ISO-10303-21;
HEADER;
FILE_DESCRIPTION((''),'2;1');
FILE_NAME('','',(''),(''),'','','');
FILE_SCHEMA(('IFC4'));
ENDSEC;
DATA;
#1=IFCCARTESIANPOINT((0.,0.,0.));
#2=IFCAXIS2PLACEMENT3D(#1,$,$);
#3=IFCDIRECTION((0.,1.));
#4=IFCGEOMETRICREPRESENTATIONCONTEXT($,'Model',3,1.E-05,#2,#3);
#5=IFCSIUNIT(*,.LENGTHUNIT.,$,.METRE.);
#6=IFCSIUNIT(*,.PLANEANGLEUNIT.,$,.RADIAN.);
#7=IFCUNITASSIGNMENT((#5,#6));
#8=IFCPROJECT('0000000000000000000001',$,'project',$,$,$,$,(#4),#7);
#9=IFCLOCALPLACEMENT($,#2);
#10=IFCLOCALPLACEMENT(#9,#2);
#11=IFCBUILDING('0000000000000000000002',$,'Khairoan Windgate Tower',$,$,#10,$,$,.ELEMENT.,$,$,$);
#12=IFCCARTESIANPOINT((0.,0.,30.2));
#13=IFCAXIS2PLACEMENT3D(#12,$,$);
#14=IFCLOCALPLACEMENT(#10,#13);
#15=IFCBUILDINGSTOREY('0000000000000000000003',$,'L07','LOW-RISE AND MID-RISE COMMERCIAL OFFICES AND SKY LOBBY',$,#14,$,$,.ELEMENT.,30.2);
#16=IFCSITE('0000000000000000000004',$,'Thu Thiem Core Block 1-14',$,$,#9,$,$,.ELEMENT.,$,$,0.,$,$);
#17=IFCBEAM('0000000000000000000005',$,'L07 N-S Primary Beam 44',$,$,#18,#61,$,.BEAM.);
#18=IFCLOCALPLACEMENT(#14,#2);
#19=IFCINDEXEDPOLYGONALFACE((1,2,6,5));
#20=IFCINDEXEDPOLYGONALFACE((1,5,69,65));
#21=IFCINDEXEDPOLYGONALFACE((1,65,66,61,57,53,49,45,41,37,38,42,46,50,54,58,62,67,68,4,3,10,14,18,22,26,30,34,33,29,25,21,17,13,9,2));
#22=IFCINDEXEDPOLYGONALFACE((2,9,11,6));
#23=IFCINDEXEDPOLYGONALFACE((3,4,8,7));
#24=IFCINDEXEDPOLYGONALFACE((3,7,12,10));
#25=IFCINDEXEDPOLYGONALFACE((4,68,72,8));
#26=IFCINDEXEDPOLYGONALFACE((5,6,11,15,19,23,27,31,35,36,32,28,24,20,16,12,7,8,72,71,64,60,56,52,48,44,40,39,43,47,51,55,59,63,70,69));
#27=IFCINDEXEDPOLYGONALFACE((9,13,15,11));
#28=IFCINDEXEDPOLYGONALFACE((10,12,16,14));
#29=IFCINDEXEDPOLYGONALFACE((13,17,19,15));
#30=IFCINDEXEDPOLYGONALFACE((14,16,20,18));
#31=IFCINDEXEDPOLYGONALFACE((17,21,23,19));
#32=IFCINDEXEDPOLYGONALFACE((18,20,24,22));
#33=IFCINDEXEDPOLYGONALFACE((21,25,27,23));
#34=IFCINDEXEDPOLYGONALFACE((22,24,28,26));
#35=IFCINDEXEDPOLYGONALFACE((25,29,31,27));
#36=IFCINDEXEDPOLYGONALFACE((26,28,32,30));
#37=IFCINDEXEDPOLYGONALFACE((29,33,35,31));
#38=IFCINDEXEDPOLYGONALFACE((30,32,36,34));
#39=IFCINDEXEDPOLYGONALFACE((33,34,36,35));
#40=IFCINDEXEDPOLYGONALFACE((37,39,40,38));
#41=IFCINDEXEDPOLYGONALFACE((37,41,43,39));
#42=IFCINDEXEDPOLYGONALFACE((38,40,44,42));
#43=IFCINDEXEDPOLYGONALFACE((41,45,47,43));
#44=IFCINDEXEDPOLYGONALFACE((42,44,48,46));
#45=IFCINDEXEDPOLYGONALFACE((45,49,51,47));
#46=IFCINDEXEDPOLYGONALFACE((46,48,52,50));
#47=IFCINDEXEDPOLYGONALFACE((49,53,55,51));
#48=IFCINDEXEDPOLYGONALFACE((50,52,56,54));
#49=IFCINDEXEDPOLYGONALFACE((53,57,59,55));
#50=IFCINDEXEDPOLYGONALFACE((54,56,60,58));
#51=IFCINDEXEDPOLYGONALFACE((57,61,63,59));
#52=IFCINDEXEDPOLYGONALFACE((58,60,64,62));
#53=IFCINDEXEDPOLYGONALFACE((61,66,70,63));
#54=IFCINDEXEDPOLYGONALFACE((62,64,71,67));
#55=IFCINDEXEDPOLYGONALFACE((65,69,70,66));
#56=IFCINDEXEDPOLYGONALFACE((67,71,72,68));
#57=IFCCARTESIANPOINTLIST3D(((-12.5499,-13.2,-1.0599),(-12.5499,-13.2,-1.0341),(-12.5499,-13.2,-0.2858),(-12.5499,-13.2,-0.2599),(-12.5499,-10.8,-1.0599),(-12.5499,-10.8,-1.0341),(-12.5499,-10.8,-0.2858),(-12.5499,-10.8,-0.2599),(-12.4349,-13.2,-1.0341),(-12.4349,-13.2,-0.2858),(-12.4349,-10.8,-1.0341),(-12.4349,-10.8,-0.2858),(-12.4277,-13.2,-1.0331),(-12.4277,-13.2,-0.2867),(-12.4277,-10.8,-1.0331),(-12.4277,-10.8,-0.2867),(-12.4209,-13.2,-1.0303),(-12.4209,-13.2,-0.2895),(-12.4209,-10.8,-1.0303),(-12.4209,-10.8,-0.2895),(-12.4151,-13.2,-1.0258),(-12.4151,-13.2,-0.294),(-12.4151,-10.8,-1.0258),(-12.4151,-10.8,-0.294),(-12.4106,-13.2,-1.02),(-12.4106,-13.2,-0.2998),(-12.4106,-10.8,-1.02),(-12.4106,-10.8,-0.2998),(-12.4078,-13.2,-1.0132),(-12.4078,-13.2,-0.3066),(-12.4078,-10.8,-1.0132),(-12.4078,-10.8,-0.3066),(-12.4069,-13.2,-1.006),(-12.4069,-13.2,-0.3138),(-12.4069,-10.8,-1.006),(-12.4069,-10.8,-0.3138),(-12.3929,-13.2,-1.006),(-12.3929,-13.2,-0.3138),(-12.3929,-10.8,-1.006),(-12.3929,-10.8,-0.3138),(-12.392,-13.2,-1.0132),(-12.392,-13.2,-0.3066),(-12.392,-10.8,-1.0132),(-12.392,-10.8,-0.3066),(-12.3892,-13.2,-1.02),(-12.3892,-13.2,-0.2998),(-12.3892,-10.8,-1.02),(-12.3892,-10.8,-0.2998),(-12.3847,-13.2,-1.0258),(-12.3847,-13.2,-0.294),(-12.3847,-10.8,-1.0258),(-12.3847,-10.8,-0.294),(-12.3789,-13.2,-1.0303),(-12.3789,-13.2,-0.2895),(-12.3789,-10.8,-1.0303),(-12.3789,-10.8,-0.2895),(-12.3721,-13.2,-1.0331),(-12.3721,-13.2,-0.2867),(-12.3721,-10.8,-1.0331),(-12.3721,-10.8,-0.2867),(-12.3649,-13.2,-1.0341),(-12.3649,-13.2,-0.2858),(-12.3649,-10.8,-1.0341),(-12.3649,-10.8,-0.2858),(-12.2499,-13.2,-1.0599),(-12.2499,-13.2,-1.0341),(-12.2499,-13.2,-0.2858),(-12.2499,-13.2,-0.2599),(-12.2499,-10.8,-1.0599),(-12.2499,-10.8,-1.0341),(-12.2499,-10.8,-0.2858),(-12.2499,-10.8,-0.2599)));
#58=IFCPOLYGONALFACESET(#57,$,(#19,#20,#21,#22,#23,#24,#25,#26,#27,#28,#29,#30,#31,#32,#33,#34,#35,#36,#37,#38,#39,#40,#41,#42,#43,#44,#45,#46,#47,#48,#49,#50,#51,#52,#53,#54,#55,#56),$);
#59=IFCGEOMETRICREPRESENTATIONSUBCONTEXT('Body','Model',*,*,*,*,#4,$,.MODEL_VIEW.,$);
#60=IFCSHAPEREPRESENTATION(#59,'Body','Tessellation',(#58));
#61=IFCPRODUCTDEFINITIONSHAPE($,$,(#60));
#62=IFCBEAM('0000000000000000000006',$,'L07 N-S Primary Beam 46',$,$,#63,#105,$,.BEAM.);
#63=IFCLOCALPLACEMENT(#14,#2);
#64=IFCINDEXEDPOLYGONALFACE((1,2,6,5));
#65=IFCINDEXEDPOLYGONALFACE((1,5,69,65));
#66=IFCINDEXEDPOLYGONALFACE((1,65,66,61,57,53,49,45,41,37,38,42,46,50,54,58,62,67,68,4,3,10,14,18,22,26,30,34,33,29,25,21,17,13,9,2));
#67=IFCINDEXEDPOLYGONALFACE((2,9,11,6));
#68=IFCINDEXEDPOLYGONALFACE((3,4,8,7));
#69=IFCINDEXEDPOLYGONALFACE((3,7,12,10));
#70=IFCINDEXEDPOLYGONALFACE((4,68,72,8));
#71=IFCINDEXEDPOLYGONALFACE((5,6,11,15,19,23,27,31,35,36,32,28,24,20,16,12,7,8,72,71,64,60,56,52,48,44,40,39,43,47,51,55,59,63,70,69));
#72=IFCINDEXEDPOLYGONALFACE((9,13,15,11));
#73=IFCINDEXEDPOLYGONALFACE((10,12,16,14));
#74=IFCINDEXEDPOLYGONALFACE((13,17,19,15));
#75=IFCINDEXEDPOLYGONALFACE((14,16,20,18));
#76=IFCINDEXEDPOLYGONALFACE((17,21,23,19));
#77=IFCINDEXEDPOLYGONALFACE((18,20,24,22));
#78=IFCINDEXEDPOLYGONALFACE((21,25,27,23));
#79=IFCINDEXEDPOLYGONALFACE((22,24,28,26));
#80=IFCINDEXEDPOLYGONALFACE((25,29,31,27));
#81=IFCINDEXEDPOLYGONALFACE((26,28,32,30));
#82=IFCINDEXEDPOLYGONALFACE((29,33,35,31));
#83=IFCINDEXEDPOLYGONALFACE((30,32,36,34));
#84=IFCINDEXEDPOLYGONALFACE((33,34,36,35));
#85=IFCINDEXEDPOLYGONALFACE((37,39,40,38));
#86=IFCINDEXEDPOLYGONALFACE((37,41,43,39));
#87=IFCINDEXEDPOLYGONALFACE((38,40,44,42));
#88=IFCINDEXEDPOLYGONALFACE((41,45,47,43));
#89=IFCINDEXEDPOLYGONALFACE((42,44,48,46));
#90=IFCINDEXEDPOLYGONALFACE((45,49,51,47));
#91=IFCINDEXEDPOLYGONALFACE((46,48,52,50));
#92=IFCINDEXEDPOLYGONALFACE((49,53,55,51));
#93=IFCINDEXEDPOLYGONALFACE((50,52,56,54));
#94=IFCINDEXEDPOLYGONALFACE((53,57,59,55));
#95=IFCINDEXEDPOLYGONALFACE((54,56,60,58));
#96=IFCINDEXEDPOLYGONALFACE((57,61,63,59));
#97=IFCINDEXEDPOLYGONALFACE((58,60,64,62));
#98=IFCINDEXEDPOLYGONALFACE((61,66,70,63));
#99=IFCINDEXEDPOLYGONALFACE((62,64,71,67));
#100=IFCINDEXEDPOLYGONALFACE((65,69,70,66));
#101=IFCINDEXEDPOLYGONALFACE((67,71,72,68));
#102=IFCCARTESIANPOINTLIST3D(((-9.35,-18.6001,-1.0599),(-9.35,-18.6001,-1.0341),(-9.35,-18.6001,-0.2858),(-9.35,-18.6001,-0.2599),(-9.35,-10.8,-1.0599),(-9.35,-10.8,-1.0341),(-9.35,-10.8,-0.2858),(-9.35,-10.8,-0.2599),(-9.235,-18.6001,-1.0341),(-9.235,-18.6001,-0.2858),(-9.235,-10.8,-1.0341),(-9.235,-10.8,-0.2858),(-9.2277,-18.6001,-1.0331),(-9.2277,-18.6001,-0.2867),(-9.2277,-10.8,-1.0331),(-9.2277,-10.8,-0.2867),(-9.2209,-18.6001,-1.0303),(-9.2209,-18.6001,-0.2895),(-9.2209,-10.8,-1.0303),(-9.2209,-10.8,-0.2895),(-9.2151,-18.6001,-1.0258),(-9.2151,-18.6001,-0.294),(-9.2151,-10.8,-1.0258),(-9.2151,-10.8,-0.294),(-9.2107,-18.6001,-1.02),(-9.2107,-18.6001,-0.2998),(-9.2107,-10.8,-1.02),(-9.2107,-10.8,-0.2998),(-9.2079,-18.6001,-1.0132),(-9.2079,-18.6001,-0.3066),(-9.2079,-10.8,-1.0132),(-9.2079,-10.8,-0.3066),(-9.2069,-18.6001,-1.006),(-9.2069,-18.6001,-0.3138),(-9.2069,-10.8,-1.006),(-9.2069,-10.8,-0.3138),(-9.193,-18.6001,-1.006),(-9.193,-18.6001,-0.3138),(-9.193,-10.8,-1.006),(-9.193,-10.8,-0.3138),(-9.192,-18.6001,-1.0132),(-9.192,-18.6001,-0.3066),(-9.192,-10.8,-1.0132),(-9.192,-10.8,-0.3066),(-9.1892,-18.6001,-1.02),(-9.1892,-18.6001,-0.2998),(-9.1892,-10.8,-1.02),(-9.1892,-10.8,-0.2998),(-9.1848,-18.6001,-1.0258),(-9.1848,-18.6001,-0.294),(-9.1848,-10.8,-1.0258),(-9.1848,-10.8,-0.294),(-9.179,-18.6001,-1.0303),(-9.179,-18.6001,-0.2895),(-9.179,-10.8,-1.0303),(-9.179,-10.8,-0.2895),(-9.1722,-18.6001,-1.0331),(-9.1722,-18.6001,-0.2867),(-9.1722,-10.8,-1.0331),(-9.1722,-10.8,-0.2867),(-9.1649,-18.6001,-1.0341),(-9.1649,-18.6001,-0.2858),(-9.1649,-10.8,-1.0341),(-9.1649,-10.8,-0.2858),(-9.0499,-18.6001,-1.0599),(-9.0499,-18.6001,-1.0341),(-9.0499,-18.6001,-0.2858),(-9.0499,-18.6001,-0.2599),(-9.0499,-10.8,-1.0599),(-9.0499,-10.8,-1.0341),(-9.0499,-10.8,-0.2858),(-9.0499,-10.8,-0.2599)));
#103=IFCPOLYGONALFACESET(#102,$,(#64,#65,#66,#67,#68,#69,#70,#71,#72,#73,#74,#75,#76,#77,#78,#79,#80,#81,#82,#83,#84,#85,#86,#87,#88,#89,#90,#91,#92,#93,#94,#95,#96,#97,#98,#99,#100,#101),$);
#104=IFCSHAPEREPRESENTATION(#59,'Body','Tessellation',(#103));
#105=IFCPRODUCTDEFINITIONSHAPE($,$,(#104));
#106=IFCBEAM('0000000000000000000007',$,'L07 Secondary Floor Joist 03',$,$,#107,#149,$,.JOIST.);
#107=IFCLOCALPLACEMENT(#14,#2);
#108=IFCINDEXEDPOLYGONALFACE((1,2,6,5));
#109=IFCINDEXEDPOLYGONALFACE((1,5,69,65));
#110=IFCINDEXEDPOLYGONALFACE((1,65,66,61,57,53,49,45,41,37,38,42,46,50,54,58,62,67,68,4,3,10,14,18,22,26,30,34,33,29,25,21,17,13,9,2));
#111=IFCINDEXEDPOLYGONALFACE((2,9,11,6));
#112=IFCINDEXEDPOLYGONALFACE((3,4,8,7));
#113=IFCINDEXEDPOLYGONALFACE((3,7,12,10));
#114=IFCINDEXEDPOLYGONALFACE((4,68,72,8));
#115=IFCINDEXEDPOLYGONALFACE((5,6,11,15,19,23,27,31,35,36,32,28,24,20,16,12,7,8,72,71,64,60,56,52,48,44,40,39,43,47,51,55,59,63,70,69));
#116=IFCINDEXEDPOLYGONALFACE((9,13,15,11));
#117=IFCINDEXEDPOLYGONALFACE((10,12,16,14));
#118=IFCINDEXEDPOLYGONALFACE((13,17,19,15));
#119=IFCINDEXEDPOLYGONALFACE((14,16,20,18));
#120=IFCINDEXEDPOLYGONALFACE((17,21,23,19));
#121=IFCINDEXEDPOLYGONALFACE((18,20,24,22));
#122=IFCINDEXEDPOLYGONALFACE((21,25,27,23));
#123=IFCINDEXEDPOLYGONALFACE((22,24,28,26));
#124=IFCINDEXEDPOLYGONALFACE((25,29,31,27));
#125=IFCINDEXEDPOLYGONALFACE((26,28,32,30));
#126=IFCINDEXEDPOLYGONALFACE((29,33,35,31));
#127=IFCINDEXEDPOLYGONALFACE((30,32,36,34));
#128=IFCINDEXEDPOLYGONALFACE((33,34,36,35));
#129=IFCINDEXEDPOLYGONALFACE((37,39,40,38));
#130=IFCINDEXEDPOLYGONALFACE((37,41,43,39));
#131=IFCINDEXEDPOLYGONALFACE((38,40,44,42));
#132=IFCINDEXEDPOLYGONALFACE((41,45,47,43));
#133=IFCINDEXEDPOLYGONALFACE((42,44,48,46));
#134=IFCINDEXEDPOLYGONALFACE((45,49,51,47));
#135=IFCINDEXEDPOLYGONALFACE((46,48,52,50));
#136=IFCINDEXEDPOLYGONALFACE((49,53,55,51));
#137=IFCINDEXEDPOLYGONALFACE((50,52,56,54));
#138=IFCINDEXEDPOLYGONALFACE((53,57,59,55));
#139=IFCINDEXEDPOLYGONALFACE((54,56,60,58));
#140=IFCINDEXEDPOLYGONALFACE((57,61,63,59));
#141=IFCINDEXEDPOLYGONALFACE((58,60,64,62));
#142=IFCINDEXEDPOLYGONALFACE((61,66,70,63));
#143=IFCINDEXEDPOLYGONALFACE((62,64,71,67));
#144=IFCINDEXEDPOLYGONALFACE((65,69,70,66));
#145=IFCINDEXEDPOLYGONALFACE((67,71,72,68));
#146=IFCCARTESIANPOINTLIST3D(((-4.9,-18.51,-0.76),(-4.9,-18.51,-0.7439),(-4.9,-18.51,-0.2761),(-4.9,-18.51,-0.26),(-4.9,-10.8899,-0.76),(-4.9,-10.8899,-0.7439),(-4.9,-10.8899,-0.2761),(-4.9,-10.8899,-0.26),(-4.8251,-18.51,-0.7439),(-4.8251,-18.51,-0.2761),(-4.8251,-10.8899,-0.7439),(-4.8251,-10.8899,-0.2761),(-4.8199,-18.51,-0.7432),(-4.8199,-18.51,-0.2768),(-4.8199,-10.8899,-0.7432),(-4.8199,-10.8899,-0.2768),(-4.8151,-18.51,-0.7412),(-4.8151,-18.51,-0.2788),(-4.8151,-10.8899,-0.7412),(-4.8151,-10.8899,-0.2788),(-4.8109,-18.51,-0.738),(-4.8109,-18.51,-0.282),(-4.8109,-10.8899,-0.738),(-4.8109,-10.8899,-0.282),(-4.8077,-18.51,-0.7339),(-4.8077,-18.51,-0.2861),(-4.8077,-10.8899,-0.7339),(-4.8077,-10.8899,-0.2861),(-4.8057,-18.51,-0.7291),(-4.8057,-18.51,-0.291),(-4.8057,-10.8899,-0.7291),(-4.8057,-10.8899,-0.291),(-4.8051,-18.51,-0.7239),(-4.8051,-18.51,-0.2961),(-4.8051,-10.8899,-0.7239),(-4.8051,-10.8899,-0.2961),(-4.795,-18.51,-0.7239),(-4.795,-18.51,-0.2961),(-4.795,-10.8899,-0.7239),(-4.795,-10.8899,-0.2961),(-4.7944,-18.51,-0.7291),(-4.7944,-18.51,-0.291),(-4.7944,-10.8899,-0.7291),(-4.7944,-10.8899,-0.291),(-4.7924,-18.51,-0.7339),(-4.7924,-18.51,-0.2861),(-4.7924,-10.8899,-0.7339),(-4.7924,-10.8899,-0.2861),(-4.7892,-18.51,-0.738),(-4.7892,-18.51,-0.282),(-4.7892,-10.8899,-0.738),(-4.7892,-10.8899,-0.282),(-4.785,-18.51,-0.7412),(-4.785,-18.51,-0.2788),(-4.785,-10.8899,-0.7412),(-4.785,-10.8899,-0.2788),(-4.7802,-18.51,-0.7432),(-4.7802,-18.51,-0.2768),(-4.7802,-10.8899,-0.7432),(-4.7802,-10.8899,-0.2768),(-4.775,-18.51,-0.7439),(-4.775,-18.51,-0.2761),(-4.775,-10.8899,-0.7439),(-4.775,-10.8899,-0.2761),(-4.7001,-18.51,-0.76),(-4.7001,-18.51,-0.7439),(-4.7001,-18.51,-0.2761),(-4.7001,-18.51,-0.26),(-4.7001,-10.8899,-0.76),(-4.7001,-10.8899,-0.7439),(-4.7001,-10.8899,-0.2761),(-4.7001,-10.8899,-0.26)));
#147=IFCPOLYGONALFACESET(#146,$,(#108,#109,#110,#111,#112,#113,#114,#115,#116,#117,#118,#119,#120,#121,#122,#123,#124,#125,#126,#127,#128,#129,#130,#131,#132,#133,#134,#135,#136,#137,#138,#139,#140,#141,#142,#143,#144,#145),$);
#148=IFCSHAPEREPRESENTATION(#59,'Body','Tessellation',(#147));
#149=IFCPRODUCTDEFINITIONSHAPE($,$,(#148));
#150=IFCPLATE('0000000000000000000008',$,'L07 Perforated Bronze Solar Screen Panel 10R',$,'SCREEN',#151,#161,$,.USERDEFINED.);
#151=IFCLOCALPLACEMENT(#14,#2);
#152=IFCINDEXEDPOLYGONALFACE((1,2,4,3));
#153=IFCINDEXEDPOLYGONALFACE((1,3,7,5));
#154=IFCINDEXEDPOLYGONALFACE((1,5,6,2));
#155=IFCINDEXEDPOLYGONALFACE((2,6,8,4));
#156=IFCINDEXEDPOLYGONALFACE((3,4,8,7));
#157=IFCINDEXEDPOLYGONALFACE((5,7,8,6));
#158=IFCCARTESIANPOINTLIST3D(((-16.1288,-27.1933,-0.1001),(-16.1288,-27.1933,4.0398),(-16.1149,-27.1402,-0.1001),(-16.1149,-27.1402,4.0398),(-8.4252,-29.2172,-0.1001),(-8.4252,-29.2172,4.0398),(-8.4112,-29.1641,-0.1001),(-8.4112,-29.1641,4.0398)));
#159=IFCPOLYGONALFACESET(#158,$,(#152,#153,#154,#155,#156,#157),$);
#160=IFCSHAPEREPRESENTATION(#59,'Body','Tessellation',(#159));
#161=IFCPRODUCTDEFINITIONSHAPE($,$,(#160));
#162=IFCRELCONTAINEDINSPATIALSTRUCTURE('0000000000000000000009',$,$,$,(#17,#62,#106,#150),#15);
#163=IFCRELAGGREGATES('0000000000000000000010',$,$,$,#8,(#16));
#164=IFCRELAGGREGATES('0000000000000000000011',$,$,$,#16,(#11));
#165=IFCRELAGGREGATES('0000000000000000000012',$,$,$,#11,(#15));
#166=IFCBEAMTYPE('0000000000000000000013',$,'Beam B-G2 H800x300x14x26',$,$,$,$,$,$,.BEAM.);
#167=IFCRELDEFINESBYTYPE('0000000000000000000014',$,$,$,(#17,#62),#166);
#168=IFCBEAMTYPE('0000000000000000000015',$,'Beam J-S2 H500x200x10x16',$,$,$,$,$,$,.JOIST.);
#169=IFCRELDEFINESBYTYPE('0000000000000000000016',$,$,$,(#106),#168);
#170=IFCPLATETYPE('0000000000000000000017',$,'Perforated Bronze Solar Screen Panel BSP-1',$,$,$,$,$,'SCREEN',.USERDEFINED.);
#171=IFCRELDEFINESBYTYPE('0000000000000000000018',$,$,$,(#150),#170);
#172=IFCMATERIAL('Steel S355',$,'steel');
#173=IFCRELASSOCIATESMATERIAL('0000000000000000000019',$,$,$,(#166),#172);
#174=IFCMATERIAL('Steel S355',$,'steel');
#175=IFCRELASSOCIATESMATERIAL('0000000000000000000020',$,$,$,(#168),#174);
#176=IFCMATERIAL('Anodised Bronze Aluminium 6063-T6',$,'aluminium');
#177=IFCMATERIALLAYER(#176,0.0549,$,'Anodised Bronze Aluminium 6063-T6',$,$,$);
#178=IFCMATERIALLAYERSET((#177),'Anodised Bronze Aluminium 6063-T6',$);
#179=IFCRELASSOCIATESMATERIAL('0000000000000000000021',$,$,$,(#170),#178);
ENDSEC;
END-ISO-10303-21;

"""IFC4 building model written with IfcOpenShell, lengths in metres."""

from ifc_helpers import new_model, si_unit, direction, frame, origin, origin_2d, place, context, subcontext, project, spatial, rectangle, i_section, extrude, material, layer, layer_set, material_profile, profile_set, type_object, element, save


model = new_model("IFC4")

# Units and contexts
model_context = context("Model", 3, precision=1e-05, world=origin(), true_north=direction((0.0, 1.0)))
body_context = subcontext(model_context, "Body", "Model", "MODEL_VIEW")
ifc_project = project(units=[si_unit("LENGTHUNIT", "METRE"), si_unit("PLANEANGLEUNIT", "RADIAN")], contexts=[model_context])

# Site, building, storey
site_placement = place(None, origin())
site = spatial("IfcSite", under=ifc_project, at=site_placement, Name="Thu Thiem Core Block 1-14", CompositionType="ELEMENT", RefElevation=0.0)
building_placement = place(site_placement, origin())
building = spatial("IfcBuilding", under=site, at=building_placement, Name="Khairoan Windgate Tower", CompositionType="ELEMENT")
storey_placement = place(building_placement, frame((0.0, 0.0, 30.2)))
storey = spatial("IfcBuildingStorey", under=building, at=storey_placement, Name="L07", Description="LOW-RISE AND MID-RISE COMMERCIAL OFFICES AND SKY LOBBY", CompositionType="ELEMENT", Elevation=30.2)

# Beams
ifc_material_1 = material(Name="Steel S355", Category="steel")
ifc_material_profile_1 = material_profile(ifc_material_1, i_section(OverallWidth=0.3, OverallDepth=0.8, WebThickness=0.0139, FlangeThickness=0.0259, FilletRadius=0.0281, at=origin_2d()))
ifc_profile_set_1 = profile_set([ifc_material_profile_1], Name="Steel S355")
beam_type_1 = type_object("IfcBeamType", Name="Beam B-G2 H800x300x14x26", PredefinedType="BEAM", material=ifc_profile_set_1)
beam_1_placement = place(storey_placement, frame((-12.3999, -13.2, -0.6599), z_axis=(0.0, 1.0, 0.0), x_axis=(-1.0, 0.0, 0.0)))
element("IfcBeam", 1, at=beam_1_placement, inside=storey, type_object=beam_type_1, Name="L07 N-S Primary Beam 44", PredefinedType="BEAM", context=body_context, shape_type="SweptSolid", body=[
    extrude(i_section(OverallWidth=0.3, OverallDepth=0.8, WebThickness=0.0139, FlangeThickness=0.0259, FilletRadius=0.0281, at=origin_2d()), origin(), (0.0, 0.0, 1.0), 2.3999),
])
beam_2_placement = place(storey_placement, frame((-9.2, -18.6001, -0.6599), z_axis=(0.0, 1.0, 0.0), x_axis=(-1.0, 0.0, 0.0)))
element("IfcBeam", 2, at=beam_2_placement, inside=storey, type_object=beam_type_1, Name="L07 N-S Primary Beam 46", PredefinedType="BEAM", context=body_context, shape_type="SweptSolid", body=[
    extrude(i_section(OverallWidth=0.3, OverallDepth=0.8, WebThickness=0.0139, FlangeThickness=0.0259, FilletRadius=0.0281, at=origin_2d()), origin(), (0.0, 0.0, 1.0), 7.8),
])
ifc_material_2 = material(Name="Steel S355", Category="steel")
ifc_material_profile_2 = material_profile(ifc_material_2, i_section(OverallWidth=0.2, OverallDepth=0.5, WebThickness=0.01, FlangeThickness=0.0161, FilletRadius=0.02, at=origin_2d()))
ifc_profile_set_2 = profile_set([ifc_material_profile_2], Name="Steel S355")
beam_type_2 = type_object("IfcBeamType", Name="Beam J-S2 H500x200x10x16", PredefinedType="JOIST", material=ifc_profile_set_2)
beam_3_placement = place(storey_placement, frame((-4.8, -18.51, -0.51), z_axis=(0.0, 1.0, 0.0), x_axis=(-1.0, 0.0, 0.0)))
element("IfcBeam", 3, at=beam_3_placement, inside=storey, type_object=beam_type_2, Name="L07 Secondary Floor Joist 03", PredefinedType="JOIST", context=body_context, shape_type="SweptSolid", body=[
    extrude(i_section(OverallWidth=0.2, OverallDepth=0.5, WebThickness=0.01, FlangeThickness=0.0161, FilletRadius=0.02, at=origin_2d()), origin(), (0.0, 0.0, 1.0), 7.6201),
])

# Plate
ifc_material_3 = material(Name="Anodised Bronze Aluminium 6063-T6", Category="aluminium")
ifc_layer_1 = layer(ifc_material_3, 0.0549, Name="Anodised Bronze Aluminium 6063-T6")
ifc_layer_set_1 = layer_set([ifc_layer_1], Name="Anodised Bronze Aluminium 6063-T6")
plate_type = type_object("IfcPlateType", Name="Perforated Bronze Solar Screen Panel BSP-1", ElementType="SCREEN", PredefinedType="USERDEFINED", material=ifc_layer_set_1)
plate_placement = place(storey_placement, frame((-12.27, -28.1787, -0.1001), z_axis=(0.0, 0.0, 1.0), x_axis=(-0.967179, 0.254096, 0.0)))
element("IfcPlate", 4, at=plate_placement, inside=storey, type_object=plate_type, Name="L07 Perforated Bronze Solar Screen Panel 10R", ObjectType="SCREEN", PredefinedType="USERDEFINED", context=body_context, shape_type="SweptSolid", body=[
    extrude(rectangle(XDim=7.9651, YDim=0.0549, at=origin_2d()), origin(), (0.0, 0.0, 1.0), 4.1399),
])

save(model, "model.ifc")
